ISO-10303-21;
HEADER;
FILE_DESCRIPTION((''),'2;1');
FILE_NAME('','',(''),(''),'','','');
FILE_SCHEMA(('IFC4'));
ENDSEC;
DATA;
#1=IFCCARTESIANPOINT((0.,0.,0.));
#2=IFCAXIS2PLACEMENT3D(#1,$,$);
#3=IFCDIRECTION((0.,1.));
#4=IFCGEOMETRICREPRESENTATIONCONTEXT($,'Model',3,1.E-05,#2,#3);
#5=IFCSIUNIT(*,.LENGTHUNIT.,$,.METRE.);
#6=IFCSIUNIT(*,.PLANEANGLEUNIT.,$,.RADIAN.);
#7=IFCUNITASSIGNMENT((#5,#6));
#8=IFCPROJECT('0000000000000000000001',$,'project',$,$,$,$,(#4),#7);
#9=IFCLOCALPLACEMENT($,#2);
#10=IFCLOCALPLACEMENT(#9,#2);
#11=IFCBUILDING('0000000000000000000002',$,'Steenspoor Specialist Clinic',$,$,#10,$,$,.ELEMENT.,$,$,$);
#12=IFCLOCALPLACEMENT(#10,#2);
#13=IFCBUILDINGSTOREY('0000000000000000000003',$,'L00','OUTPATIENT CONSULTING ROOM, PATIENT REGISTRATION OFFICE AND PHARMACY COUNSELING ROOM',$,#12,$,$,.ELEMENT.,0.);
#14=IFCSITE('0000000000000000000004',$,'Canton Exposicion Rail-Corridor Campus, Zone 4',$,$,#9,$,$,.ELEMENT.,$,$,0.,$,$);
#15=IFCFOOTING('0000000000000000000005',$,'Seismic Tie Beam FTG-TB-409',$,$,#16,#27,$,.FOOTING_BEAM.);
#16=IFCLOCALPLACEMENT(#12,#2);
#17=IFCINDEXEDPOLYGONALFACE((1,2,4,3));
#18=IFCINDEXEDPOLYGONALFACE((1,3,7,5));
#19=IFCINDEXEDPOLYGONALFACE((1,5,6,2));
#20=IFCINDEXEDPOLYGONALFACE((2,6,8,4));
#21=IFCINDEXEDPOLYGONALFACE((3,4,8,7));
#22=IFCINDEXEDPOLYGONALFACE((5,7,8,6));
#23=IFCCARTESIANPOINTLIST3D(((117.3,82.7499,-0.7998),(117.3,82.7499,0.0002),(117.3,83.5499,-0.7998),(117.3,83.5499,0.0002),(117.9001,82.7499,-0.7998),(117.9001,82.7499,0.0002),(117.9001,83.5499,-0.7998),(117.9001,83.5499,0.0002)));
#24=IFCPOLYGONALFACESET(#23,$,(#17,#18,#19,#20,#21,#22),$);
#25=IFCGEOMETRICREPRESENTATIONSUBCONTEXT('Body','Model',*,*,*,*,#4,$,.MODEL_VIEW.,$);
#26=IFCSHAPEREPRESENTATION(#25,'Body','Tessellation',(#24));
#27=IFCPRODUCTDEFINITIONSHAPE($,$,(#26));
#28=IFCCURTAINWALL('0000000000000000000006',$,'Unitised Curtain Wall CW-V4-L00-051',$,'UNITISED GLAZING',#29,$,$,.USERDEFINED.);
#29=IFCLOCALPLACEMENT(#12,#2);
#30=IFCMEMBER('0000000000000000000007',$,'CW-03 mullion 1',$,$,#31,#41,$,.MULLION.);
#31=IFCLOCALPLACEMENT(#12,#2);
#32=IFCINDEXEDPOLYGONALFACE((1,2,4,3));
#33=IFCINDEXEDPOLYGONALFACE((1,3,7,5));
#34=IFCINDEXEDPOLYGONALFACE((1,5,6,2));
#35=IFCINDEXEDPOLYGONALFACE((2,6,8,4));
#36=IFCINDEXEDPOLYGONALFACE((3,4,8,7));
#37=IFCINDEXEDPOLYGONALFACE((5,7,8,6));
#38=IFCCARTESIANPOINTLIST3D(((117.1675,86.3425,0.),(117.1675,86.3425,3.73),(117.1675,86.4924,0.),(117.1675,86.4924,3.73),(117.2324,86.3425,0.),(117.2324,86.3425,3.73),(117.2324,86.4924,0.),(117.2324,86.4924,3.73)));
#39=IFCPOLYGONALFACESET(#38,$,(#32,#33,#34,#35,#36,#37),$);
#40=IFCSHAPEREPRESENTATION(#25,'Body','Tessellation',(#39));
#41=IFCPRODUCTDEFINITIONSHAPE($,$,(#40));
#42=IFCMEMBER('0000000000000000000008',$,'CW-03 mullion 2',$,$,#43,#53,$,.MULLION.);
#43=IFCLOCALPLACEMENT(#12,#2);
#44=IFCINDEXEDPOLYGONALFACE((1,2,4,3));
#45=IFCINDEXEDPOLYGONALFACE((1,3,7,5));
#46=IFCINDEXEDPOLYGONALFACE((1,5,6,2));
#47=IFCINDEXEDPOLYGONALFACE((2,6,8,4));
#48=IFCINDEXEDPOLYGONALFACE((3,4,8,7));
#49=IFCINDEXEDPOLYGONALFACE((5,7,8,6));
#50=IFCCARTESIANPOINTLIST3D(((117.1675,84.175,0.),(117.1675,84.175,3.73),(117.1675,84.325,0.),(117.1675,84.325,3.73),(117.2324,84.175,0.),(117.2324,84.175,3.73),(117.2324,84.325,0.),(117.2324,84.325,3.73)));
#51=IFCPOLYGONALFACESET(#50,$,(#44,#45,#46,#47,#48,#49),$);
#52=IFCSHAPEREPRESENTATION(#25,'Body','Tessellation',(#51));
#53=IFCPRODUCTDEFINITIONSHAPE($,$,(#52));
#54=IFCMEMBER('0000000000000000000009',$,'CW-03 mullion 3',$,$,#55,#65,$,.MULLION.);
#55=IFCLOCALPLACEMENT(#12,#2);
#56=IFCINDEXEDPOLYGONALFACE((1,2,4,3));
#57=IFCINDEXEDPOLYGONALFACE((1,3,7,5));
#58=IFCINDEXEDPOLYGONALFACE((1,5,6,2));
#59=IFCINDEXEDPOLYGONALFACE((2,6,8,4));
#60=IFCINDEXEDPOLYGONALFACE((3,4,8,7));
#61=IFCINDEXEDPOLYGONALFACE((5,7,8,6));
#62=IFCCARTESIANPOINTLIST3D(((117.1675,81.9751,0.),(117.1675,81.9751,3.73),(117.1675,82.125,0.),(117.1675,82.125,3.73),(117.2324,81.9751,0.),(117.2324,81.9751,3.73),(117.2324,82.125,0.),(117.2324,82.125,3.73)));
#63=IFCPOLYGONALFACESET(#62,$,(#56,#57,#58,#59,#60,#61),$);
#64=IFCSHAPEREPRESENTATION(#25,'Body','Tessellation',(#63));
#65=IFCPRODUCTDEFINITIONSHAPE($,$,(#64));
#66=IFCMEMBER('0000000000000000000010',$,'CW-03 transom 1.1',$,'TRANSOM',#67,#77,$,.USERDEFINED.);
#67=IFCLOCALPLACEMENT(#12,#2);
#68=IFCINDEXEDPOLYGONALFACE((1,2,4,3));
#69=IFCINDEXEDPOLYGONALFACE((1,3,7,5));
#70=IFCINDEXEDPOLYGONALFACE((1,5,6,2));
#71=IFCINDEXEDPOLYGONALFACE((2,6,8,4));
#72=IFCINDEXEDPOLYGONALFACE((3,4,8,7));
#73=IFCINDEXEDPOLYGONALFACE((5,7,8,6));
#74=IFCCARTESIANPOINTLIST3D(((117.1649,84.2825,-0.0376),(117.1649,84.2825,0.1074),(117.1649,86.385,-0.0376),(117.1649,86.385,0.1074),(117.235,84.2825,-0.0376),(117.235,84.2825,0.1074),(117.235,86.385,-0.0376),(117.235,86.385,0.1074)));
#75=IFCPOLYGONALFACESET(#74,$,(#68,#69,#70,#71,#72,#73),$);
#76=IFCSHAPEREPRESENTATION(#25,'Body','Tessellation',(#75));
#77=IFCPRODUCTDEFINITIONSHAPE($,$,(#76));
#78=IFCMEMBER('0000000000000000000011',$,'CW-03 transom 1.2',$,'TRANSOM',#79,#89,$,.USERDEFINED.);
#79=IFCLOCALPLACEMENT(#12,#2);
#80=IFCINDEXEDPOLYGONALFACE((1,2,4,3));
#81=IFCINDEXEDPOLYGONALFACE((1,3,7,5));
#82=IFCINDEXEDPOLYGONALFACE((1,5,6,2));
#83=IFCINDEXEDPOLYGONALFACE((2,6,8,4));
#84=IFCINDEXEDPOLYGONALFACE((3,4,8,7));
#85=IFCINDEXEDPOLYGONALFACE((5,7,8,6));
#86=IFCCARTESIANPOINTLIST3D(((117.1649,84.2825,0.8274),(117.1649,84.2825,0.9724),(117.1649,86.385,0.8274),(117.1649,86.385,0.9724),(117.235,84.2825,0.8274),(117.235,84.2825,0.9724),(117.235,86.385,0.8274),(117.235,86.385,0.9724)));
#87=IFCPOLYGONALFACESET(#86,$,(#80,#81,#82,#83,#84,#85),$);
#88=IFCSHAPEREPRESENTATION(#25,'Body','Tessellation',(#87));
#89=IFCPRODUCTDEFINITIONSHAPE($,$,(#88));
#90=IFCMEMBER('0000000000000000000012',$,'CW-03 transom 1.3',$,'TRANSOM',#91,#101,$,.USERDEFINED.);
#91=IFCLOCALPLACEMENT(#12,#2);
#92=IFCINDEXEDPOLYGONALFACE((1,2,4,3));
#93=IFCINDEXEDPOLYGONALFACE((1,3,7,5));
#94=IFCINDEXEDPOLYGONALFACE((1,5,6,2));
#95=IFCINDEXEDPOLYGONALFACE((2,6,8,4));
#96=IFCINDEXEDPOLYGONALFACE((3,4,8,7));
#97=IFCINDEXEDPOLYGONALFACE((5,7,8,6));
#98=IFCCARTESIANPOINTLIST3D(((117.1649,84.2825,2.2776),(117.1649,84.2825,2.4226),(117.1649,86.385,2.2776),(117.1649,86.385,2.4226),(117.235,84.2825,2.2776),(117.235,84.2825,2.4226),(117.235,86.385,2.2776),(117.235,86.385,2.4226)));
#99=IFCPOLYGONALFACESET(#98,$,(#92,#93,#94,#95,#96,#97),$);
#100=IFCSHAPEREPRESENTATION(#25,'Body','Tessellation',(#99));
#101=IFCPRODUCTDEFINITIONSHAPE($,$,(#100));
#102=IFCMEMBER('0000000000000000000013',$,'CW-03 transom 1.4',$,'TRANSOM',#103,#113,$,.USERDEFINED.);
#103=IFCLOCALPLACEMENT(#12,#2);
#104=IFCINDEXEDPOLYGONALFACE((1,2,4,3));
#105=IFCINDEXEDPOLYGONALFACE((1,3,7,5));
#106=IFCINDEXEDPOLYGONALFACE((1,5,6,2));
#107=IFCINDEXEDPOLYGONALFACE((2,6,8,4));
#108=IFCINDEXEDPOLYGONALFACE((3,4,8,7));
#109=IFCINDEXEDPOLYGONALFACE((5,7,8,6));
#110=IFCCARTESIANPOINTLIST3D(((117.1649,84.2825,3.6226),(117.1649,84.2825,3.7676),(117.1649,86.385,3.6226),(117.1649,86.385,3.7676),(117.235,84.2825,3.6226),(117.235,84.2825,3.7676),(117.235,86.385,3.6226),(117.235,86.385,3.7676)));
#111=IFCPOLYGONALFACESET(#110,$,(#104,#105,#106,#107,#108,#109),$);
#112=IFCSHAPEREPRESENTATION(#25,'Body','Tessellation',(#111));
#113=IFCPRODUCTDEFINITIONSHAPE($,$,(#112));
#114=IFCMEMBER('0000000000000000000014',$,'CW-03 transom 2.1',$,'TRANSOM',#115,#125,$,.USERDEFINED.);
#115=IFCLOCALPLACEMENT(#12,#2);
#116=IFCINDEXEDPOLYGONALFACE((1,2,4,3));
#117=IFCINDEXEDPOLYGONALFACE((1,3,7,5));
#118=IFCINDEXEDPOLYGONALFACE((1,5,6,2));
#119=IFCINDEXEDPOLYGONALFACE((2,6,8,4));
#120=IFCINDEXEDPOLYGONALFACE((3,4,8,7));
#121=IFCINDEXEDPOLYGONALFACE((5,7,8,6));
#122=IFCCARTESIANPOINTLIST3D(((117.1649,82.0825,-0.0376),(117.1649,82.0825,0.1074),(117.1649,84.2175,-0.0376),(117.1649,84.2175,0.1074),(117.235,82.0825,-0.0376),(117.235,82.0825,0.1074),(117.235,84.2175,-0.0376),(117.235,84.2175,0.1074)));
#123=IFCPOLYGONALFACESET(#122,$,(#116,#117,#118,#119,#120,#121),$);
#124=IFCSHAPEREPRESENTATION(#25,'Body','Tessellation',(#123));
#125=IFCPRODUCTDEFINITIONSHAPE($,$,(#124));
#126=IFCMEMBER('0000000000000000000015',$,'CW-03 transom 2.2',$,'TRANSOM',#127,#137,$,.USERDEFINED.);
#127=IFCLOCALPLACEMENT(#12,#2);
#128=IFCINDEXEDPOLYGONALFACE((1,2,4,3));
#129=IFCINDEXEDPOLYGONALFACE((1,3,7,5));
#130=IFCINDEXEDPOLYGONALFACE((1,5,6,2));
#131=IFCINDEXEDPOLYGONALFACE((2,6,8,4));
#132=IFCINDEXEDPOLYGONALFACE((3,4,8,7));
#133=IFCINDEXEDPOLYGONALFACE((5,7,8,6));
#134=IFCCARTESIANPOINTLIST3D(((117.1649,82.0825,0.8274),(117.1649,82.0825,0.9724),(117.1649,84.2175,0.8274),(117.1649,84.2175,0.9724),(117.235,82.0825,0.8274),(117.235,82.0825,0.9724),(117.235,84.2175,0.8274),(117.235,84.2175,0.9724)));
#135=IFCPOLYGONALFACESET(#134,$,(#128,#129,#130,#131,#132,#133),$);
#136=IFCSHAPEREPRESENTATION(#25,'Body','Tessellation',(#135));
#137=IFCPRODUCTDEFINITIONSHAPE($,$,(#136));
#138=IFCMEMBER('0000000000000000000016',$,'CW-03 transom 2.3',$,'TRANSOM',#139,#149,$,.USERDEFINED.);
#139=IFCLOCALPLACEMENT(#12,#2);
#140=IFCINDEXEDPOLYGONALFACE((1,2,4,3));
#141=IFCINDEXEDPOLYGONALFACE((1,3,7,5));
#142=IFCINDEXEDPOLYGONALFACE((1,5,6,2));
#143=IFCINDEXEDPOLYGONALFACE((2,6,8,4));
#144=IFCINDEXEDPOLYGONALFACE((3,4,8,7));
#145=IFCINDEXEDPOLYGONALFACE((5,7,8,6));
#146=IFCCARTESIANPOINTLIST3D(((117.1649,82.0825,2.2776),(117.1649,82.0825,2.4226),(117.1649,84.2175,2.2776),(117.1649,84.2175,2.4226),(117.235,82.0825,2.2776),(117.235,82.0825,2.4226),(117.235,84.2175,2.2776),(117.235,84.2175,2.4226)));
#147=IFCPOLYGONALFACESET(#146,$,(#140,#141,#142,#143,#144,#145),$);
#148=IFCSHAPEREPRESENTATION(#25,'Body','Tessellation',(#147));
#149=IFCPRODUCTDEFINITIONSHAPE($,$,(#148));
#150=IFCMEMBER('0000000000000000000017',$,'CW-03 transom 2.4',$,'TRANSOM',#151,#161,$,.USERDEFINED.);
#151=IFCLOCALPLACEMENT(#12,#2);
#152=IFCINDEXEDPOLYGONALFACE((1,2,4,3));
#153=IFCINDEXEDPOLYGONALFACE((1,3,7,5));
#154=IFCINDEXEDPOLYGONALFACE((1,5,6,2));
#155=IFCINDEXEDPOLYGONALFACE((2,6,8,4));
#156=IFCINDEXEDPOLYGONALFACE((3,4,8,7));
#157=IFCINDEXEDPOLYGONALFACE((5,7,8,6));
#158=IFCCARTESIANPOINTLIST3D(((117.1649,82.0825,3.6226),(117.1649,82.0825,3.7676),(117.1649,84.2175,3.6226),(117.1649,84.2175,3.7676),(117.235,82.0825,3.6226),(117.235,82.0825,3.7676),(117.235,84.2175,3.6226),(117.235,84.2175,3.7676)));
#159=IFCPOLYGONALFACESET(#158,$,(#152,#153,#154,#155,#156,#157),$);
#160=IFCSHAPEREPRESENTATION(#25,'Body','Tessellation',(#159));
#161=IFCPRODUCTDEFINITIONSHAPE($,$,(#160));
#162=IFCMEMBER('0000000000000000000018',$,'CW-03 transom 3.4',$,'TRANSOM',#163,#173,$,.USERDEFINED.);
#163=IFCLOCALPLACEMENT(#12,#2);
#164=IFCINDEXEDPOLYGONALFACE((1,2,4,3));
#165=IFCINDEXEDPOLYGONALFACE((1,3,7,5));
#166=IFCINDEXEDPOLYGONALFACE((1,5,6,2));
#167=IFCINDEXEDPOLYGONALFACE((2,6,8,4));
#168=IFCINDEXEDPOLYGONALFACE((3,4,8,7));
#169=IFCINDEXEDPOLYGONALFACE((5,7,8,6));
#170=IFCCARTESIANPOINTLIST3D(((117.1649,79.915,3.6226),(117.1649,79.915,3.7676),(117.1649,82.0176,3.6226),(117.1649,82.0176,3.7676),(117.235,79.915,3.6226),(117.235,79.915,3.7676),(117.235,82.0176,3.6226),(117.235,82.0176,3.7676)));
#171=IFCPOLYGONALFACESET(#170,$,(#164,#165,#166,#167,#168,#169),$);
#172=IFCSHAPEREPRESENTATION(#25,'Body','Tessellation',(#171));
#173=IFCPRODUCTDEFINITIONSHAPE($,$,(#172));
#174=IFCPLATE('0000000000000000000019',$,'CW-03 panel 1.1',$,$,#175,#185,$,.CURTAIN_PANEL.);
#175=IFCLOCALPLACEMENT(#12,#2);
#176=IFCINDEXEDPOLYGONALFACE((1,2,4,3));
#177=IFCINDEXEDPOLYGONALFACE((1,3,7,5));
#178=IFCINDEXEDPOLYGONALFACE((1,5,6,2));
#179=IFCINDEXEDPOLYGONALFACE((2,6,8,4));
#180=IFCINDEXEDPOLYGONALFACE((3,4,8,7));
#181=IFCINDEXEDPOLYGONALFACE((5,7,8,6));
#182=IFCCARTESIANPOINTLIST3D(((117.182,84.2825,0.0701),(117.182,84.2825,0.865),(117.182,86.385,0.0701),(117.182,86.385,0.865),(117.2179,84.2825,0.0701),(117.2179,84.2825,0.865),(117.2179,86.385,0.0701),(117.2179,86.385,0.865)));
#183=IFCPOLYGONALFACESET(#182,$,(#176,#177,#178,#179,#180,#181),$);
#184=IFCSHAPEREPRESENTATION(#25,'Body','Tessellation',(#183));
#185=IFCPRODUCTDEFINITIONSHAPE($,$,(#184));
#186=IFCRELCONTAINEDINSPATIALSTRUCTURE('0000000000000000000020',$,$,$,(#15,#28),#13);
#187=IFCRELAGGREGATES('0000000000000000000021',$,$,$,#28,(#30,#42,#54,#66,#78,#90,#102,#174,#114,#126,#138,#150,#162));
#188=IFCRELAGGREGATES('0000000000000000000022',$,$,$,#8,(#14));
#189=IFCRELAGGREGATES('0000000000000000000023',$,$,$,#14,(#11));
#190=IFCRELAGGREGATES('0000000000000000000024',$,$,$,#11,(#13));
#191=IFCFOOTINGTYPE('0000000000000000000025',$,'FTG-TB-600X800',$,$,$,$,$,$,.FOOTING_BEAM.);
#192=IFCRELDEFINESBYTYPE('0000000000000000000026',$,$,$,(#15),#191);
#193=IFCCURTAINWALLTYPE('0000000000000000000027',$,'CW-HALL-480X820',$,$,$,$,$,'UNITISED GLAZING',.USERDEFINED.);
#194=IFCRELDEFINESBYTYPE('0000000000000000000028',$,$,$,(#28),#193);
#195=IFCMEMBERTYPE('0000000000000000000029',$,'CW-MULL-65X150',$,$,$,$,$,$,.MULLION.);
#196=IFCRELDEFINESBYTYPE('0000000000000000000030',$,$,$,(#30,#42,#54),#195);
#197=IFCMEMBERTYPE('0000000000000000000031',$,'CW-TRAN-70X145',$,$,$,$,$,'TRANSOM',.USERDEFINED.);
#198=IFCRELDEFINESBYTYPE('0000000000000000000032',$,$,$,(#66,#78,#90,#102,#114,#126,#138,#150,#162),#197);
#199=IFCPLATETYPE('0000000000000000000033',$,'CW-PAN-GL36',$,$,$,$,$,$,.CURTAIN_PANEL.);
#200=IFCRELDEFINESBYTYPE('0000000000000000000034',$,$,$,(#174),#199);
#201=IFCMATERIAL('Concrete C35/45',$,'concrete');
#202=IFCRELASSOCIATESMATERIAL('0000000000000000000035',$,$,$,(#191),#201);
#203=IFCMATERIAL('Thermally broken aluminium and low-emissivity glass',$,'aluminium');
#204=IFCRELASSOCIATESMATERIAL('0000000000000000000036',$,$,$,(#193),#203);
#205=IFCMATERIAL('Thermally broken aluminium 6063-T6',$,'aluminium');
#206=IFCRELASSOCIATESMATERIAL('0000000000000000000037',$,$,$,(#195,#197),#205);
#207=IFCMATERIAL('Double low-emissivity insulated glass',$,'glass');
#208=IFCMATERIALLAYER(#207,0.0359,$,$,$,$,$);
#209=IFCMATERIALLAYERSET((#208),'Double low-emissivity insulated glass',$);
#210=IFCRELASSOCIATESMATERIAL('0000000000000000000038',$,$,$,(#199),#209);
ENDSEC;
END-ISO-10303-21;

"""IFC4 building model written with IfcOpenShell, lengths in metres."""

from ifc_helpers import new_model, si_unit, direction, frame, origin, origin_2d, place, context, subcontext, project, spatial, rectangle, extrude, material, layer, layer_set, material_profile, profile_set, type_object, element, aggregate, save


model = new_model("IFC4")

# Units and contexts
model_context = context("Model", 3, precision=1e-05, world=origin(), true_north=direction((0.0, 1.0)))
body_context = subcontext(model_context, "Body", "Model", "MODEL_VIEW")
ifc_project = project(units=[si_unit("LENGTHUNIT", "METRE"), si_unit("PLANEANGLEUNIT", "RADIAN")], contexts=[model_context])

# Site, building, storey
site_placement = place(None, origin())
site = spatial("IfcSite", under=ifc_project, at=site_placement, Name="Canton Exposicion Rail-Corridor Campus, Zone 4", CompositionType="ELEMENT", RefElevation=0.0)
building_placement = place(site_placement, origin())
building = spatial("IfcBuilding", under=site, at=building_placement, Name="Steenspoor Specialist Clinic", CompositionType="ELEMENT")
storey_placement = place(building_placement, origin())
storey = spatial("IfcBuildingStorey", under=building, at=storey_placement, Name="L00", Description="OUTPATIENT CONSULTING ROOM, PATIENT REGISTRATION OFFICE AND PHARMACY COUNSELING ROOM", CompositionType="ELEMENT", Elevation=0.0)

# Footing
ifc_material_1 = material(Name="Concrete C35/45", Category="concrete")
footing_type = type_object("IfcFootingType", Name="FTG-TB-600X800", PredefinedType="FOOTING_BEAM", material=ifc_material_1)
footing_placement = place(storey_placement, frame((117.6001, 83.1499, -0.7998), z_axis=(0.0, 0.0, 1.0), x_axis=(1.0, 0.0, 0.0)))
element("IfcFooting", 1, at=footing_placement, inside=storey, type_object=footing_type, Name="Seismic Tie Beam FTG-TB-409", PredefinedType="FOOTING_BEAM", context=body_context, shape_type="SweptSolid", body=[
    extrude(rectangle(XDim=0.6001, YDim=0.8, at=origin_2d()), origin(), (0.0, 0.0, 1.0), 0.8),
])

# Curtain wall, members, plate
ifc_material_2 = material(Name="Thermally broken aluminium and low-emissivity glass", Category="aluminium")
curtain_wall_type = type_object("IfcCurtainWallType", Name="CW-HALL-480X820", ElementType="UNITISED GLAZING", PredefinedType="USERDEFINED", material=ifc_material_2)
curtain_wall_placement = place(storey_placement, origin())
curtain_wall = element("IfcCurtainWall", 2, at=curtain_wall_placement, inside=storey, type_object=curtain_wall_type, Name="Unitised Curtain Wall CW-V4-L00-051", ObjectType="UNITISED GLAZING", PredefinedType="USERDEFINED")
ifc_material_3 = material(Name="Thermally broken aluminium 6063-T6", Category="aluminium")
ifc_material_profile_1 = material_profile(ifc_material_3, rectangle(XDim=0.0649, YDim=0.1499, at=origin_2d()), Name="CWM-65X150")
ifc_profile_set_1 = profile_set([ifc_material_profile_1], Name="Thermally broken aluminium 6063-T6")
member_type_1 = type_object("IfcMemberType", Name="CW-MULL-65X150", PredefinedType="MULLION", material=ifc_profile_set_1)
member_1_placement = place(storey_placement, frame((117.2, 86.4175, 0.0), z_axis=(0.0, 0.0, 1.0), x_axis=(1.0, 0.0, 0.0)))
member_1 = element("IfcMember", 3, at=member_1_placement, type_object=member_type_1, Name="CW-03 mullion 1", PredefinedType="MULLION", context=body_context, shape_type="SweptSolid", body=[
    extrude(rectangle(XDim=0.0649, YDim=0.1499, at=origin_2d()), origin(), (0.0, 0.0, 1.0), 3.73),
])
member_2_placement = place(storey_placement, frame((117.2, 84.25, 0.0), z_axis=(0.0, 0.0, 1.0), x_axis=(1.0, 0.0, 0.0)))
member_2 = element("IfcMember", 4, at=member_2_placement, type_object=member_type_1, Name="CW-03 mullion 2", PredefinedType="MULLION", context=body_context, shape_type="SweptSolid", body=[
    extrude(rectangle(XDim=0.0649, YDim=0.1499, at=origin_2d()), origin(), (0.0, 0.0, 1.0), 3.73),
])
member_3_placement = place(storey_placement, frame((117.2, 82.05, 0.0), z_axis=(0.0, 0.0, 1.0), x_axis=(1.0, 0.0, 0.0)))
member_3 = element("IfcMember", 5, at=member_3_placement, type_object=member_type_1, Name="CW-03 mullion 3", PredefinedType="MULLION", context=body_context, shape_type="SweptSolid", body=[
    extrude(rectangle(XDim=0.0649, YDim=0.1499, at=origin_2d()), origin(), (0.0, 0.0, 1.0), 3.73),
])
ifc_material_profile_2 = material_profile(ifc_material_3, rectangle(XDim=0.0701, YDim=0.145, at=origin_2d()), Name="CWT-70X145")
ifc_profile_set_2 = profile_set([ifc_material_profile_2], Name="Thermally broken aluminium 6063-T6")
member_type_2 = type_object("IfcMemberType", Name="CW-TRAN-70X145", ElementType="TRANSOM", PredefinedType="USERDEFINED", material=ifc_profile_set_2)
member_4_placement = place(storey_placement, frame((117.2, 86.385, 0.0349), z_axis=(0.0, -1.0, 0.0), x_axis=(1.0, 0.0, 0.0)))
member_4 = element("IfcMember", 6, at=member_4_placement, type_object=member_type_2, Name="CW-03 transom 1.1", ObjectType="TRANSOM", PredefinedType="USERDEFINED", context=body_context, shape_type="SweptSolid", body=[
    extrude(rectangle(XDim=0.0701, YDim=0.145, at=origin_2d()), origin(), (0.0, 0.0, 1.0), 2.1025),
])
member_5_placement = place(storey_placement, frame((117.2, 86.385, 0.8999), z_axis=(0.0, -1.0, 0.0), x_axis=(1.0, 0.0, 0.0)))
member_5 = element("IfcMember", 7, at=member_5_placement, type_object=member_type_2, Name="CW-03 transom 1.2", ObjectType="TRANSOM", PredefinedType="USERDEFINED", context=body_context, shape_type="SweptSolid", body=[
    extrude(rectangle(XDim=0.0701, YDim=0.145, at=origin_2d()), origin(), (0.0, 0.0, 1.0), 2.1025),
])
member_6_placement = place(storey_placement, frame((117.2, 86.385, 2.3501), z_axis=(0.0, -1.0, 0.0), x_axis=(1.0, 0.0, 0.0)))
member_6 = element("IfcMember", 8, at=member_6_placement, type_object=member_type_2, Name="CW-03 transom 1.3", ObjectType="TRANSOM", PredefinedType="USERDEFINED", context=body_context, shape_type="SweptSolid", body=[
    extrude(rectangle(XDim=0.0701, YDim=0.145, at=origin_2d()), origin(), (0.0, 0.0, 1.0), 2.1025),
])
member_7_placement = place(storey_placement, frame((117.2, 86.385, 3.6951), z_axis=(0.0, -1.0, 0.0), x_axis=(1.0, 0.0, 0.0)))
member_7 = element("IfcMember", 9, at=member_7_placement, type_object=member_type_2, Name="CW-03 transom 1.4", ObjectType="TRANSOM", PredefinedType="USERDEFINED", context=body_context, shape_type="SweptSolid", body=[
    extrude(rectangle(XDim=0.0701, YDim=0.145, at=origin_2d()), origin(), (0.0, 0.0, 1.0), 2.1025),
])
member_8_placement = place(storey_placement, frame((117.2, 84.2175, 0.0349), z_axis=(0.0, -1.0, 0.0), x_axis=(1.0, 0.0, 0.0)))
member_8 = element("IfcMember", 10, at=member_8_placement, type_object=member_type_2, Name="CW-03 transom 2.1", ObjectType="TRANSOM", PredefinedType="USERDEFINED", context=body_context, shape_type="SweptSolid", body=[
    extrude(rectangle(XDim=0.0701, YDim=0.145, at=origin_2d()), origin(), (0.0, 0.0, 1.0), 2.135),
])
member_9_placement = place(storey_placement, frame((117.2, 84.2175, 0.8999), z_axis=(0.0, -1.0, 0.0), x_axis=(1.0, 0.0, 0.0)))
member_9 = element("IfcMember", 11, at=member_9_placement, type_object=member_type_2, Name="CW-03 transom 2.2", ObjectType="TRANSOM", PredefinedType="USERDEFINED", context=body_context, shape_type="SweptSolid", body=[
    extrude(rectangle(XDim=0.0701, YDim=0.145, at=origin_2d()), origin(), (0.0, 0.0, 1.0), 2.135),
])
member_10_placement = place(storey_placement, frame((117.2, 84.2175, 2.3501), z_axis=(0.0, -1.0, 0.0), x_axis=(1.0, 0.0, 0.0)))
member_10 = element("IfcMember", 12, at=member_10_placement, type_object=member_type_2, Name="CW-03 transom 2.3", ObjectType="TRANSOM", PredefinedType="USERDEFINED", context=body_context, shape_type="SweptSolid", body=[
    extrude(rectangle(XDim=0.0701, YDim=0.145, at=origin_2d()), origin(), (0.0, 0.0, 1.0), 2.135),
])
member_11_placement = place(storey_placement, frame((117.2, 84.2175, 3.6951), z_axis=(0.0, -1.0, 0.0), x_axis=(1.0, 0.0, 0.0)))
member_11 = element("IfcMember", 13, at=member_11_placement, type_object=member_type_2, Name="CW-03 transom 2.4", ObjectType="TRANSOM", PredefinedType="USERDEFINED", context=body_context, shape_type="SweptSolid", body=[
    extrude(rectangle(XDim=0.0701, YDim=0.145, at=origin_2d()), origin(), (0.0, 0.0, 1.0), 2.135),
])
member_12_placement = place(storey_placement, frame((117.2, 82.0176, 3.6951), z_axis=(0.0, -1.0, 0.0), x_axis=(1.0, 0.0, 0.0)))
member_12 = element("IfcMember", 14, at=member_12_placement, type_object=member_type_2, Name="CW-03 transom 3.4", ObjectType="TRANSOM", PredefinedType="USERDEFINED", context=body_context, shape_type="SweptSolid", body=[
    extrude(rectangle(XDim=0.0701, YDim=0.145, at=origin_2d()), origin(), (0.0, 0.0, 1.0), 2.1025),
])
ifc_material_4 = material(Name="Double low-emissivity insulated glass", Category="glass")
ifc_layer_1 = layer(ifc_material_4, 0.0359)
ifc_layer_set_1 = layer_set([ifc_layer_1], Name="Double low-emissivity insulated glass")
plate_type = type_object("IfcPlateType", Name="CW-PAN-GL36", PredefinedType="CURTAIN_PANEL", material=ifc_layer_set_1)
plate_1_placement = place(storey_placement, frame((117.2, 85.3337, 0.0701), z_axis=(0.0, 0.0, 1.0), x_axis=(0.0, -1.0, 0.0)))
plate_1 = element("IfcPlate", 15, at=plate_1_placement, type_object=plate_type, Name="CW-03 panel 1.1", PredefinedType="CURTAIN_PANEL", context=body_context, shape_type="SweptSolid", body=[
    extrude(rectangle(XDim=2.1025, YDim=0.0359, at=origin_2d()), origin(), (0.0, 0.0, 1.0), 0.7949),
])
aggregate(curtain_wall, [member_1, member_2, member_3, member_4, member_5, member_6, member_7, plate_1, member_8, member_9, member_10, member_11, member_12])

save(model, "model.ifc")
